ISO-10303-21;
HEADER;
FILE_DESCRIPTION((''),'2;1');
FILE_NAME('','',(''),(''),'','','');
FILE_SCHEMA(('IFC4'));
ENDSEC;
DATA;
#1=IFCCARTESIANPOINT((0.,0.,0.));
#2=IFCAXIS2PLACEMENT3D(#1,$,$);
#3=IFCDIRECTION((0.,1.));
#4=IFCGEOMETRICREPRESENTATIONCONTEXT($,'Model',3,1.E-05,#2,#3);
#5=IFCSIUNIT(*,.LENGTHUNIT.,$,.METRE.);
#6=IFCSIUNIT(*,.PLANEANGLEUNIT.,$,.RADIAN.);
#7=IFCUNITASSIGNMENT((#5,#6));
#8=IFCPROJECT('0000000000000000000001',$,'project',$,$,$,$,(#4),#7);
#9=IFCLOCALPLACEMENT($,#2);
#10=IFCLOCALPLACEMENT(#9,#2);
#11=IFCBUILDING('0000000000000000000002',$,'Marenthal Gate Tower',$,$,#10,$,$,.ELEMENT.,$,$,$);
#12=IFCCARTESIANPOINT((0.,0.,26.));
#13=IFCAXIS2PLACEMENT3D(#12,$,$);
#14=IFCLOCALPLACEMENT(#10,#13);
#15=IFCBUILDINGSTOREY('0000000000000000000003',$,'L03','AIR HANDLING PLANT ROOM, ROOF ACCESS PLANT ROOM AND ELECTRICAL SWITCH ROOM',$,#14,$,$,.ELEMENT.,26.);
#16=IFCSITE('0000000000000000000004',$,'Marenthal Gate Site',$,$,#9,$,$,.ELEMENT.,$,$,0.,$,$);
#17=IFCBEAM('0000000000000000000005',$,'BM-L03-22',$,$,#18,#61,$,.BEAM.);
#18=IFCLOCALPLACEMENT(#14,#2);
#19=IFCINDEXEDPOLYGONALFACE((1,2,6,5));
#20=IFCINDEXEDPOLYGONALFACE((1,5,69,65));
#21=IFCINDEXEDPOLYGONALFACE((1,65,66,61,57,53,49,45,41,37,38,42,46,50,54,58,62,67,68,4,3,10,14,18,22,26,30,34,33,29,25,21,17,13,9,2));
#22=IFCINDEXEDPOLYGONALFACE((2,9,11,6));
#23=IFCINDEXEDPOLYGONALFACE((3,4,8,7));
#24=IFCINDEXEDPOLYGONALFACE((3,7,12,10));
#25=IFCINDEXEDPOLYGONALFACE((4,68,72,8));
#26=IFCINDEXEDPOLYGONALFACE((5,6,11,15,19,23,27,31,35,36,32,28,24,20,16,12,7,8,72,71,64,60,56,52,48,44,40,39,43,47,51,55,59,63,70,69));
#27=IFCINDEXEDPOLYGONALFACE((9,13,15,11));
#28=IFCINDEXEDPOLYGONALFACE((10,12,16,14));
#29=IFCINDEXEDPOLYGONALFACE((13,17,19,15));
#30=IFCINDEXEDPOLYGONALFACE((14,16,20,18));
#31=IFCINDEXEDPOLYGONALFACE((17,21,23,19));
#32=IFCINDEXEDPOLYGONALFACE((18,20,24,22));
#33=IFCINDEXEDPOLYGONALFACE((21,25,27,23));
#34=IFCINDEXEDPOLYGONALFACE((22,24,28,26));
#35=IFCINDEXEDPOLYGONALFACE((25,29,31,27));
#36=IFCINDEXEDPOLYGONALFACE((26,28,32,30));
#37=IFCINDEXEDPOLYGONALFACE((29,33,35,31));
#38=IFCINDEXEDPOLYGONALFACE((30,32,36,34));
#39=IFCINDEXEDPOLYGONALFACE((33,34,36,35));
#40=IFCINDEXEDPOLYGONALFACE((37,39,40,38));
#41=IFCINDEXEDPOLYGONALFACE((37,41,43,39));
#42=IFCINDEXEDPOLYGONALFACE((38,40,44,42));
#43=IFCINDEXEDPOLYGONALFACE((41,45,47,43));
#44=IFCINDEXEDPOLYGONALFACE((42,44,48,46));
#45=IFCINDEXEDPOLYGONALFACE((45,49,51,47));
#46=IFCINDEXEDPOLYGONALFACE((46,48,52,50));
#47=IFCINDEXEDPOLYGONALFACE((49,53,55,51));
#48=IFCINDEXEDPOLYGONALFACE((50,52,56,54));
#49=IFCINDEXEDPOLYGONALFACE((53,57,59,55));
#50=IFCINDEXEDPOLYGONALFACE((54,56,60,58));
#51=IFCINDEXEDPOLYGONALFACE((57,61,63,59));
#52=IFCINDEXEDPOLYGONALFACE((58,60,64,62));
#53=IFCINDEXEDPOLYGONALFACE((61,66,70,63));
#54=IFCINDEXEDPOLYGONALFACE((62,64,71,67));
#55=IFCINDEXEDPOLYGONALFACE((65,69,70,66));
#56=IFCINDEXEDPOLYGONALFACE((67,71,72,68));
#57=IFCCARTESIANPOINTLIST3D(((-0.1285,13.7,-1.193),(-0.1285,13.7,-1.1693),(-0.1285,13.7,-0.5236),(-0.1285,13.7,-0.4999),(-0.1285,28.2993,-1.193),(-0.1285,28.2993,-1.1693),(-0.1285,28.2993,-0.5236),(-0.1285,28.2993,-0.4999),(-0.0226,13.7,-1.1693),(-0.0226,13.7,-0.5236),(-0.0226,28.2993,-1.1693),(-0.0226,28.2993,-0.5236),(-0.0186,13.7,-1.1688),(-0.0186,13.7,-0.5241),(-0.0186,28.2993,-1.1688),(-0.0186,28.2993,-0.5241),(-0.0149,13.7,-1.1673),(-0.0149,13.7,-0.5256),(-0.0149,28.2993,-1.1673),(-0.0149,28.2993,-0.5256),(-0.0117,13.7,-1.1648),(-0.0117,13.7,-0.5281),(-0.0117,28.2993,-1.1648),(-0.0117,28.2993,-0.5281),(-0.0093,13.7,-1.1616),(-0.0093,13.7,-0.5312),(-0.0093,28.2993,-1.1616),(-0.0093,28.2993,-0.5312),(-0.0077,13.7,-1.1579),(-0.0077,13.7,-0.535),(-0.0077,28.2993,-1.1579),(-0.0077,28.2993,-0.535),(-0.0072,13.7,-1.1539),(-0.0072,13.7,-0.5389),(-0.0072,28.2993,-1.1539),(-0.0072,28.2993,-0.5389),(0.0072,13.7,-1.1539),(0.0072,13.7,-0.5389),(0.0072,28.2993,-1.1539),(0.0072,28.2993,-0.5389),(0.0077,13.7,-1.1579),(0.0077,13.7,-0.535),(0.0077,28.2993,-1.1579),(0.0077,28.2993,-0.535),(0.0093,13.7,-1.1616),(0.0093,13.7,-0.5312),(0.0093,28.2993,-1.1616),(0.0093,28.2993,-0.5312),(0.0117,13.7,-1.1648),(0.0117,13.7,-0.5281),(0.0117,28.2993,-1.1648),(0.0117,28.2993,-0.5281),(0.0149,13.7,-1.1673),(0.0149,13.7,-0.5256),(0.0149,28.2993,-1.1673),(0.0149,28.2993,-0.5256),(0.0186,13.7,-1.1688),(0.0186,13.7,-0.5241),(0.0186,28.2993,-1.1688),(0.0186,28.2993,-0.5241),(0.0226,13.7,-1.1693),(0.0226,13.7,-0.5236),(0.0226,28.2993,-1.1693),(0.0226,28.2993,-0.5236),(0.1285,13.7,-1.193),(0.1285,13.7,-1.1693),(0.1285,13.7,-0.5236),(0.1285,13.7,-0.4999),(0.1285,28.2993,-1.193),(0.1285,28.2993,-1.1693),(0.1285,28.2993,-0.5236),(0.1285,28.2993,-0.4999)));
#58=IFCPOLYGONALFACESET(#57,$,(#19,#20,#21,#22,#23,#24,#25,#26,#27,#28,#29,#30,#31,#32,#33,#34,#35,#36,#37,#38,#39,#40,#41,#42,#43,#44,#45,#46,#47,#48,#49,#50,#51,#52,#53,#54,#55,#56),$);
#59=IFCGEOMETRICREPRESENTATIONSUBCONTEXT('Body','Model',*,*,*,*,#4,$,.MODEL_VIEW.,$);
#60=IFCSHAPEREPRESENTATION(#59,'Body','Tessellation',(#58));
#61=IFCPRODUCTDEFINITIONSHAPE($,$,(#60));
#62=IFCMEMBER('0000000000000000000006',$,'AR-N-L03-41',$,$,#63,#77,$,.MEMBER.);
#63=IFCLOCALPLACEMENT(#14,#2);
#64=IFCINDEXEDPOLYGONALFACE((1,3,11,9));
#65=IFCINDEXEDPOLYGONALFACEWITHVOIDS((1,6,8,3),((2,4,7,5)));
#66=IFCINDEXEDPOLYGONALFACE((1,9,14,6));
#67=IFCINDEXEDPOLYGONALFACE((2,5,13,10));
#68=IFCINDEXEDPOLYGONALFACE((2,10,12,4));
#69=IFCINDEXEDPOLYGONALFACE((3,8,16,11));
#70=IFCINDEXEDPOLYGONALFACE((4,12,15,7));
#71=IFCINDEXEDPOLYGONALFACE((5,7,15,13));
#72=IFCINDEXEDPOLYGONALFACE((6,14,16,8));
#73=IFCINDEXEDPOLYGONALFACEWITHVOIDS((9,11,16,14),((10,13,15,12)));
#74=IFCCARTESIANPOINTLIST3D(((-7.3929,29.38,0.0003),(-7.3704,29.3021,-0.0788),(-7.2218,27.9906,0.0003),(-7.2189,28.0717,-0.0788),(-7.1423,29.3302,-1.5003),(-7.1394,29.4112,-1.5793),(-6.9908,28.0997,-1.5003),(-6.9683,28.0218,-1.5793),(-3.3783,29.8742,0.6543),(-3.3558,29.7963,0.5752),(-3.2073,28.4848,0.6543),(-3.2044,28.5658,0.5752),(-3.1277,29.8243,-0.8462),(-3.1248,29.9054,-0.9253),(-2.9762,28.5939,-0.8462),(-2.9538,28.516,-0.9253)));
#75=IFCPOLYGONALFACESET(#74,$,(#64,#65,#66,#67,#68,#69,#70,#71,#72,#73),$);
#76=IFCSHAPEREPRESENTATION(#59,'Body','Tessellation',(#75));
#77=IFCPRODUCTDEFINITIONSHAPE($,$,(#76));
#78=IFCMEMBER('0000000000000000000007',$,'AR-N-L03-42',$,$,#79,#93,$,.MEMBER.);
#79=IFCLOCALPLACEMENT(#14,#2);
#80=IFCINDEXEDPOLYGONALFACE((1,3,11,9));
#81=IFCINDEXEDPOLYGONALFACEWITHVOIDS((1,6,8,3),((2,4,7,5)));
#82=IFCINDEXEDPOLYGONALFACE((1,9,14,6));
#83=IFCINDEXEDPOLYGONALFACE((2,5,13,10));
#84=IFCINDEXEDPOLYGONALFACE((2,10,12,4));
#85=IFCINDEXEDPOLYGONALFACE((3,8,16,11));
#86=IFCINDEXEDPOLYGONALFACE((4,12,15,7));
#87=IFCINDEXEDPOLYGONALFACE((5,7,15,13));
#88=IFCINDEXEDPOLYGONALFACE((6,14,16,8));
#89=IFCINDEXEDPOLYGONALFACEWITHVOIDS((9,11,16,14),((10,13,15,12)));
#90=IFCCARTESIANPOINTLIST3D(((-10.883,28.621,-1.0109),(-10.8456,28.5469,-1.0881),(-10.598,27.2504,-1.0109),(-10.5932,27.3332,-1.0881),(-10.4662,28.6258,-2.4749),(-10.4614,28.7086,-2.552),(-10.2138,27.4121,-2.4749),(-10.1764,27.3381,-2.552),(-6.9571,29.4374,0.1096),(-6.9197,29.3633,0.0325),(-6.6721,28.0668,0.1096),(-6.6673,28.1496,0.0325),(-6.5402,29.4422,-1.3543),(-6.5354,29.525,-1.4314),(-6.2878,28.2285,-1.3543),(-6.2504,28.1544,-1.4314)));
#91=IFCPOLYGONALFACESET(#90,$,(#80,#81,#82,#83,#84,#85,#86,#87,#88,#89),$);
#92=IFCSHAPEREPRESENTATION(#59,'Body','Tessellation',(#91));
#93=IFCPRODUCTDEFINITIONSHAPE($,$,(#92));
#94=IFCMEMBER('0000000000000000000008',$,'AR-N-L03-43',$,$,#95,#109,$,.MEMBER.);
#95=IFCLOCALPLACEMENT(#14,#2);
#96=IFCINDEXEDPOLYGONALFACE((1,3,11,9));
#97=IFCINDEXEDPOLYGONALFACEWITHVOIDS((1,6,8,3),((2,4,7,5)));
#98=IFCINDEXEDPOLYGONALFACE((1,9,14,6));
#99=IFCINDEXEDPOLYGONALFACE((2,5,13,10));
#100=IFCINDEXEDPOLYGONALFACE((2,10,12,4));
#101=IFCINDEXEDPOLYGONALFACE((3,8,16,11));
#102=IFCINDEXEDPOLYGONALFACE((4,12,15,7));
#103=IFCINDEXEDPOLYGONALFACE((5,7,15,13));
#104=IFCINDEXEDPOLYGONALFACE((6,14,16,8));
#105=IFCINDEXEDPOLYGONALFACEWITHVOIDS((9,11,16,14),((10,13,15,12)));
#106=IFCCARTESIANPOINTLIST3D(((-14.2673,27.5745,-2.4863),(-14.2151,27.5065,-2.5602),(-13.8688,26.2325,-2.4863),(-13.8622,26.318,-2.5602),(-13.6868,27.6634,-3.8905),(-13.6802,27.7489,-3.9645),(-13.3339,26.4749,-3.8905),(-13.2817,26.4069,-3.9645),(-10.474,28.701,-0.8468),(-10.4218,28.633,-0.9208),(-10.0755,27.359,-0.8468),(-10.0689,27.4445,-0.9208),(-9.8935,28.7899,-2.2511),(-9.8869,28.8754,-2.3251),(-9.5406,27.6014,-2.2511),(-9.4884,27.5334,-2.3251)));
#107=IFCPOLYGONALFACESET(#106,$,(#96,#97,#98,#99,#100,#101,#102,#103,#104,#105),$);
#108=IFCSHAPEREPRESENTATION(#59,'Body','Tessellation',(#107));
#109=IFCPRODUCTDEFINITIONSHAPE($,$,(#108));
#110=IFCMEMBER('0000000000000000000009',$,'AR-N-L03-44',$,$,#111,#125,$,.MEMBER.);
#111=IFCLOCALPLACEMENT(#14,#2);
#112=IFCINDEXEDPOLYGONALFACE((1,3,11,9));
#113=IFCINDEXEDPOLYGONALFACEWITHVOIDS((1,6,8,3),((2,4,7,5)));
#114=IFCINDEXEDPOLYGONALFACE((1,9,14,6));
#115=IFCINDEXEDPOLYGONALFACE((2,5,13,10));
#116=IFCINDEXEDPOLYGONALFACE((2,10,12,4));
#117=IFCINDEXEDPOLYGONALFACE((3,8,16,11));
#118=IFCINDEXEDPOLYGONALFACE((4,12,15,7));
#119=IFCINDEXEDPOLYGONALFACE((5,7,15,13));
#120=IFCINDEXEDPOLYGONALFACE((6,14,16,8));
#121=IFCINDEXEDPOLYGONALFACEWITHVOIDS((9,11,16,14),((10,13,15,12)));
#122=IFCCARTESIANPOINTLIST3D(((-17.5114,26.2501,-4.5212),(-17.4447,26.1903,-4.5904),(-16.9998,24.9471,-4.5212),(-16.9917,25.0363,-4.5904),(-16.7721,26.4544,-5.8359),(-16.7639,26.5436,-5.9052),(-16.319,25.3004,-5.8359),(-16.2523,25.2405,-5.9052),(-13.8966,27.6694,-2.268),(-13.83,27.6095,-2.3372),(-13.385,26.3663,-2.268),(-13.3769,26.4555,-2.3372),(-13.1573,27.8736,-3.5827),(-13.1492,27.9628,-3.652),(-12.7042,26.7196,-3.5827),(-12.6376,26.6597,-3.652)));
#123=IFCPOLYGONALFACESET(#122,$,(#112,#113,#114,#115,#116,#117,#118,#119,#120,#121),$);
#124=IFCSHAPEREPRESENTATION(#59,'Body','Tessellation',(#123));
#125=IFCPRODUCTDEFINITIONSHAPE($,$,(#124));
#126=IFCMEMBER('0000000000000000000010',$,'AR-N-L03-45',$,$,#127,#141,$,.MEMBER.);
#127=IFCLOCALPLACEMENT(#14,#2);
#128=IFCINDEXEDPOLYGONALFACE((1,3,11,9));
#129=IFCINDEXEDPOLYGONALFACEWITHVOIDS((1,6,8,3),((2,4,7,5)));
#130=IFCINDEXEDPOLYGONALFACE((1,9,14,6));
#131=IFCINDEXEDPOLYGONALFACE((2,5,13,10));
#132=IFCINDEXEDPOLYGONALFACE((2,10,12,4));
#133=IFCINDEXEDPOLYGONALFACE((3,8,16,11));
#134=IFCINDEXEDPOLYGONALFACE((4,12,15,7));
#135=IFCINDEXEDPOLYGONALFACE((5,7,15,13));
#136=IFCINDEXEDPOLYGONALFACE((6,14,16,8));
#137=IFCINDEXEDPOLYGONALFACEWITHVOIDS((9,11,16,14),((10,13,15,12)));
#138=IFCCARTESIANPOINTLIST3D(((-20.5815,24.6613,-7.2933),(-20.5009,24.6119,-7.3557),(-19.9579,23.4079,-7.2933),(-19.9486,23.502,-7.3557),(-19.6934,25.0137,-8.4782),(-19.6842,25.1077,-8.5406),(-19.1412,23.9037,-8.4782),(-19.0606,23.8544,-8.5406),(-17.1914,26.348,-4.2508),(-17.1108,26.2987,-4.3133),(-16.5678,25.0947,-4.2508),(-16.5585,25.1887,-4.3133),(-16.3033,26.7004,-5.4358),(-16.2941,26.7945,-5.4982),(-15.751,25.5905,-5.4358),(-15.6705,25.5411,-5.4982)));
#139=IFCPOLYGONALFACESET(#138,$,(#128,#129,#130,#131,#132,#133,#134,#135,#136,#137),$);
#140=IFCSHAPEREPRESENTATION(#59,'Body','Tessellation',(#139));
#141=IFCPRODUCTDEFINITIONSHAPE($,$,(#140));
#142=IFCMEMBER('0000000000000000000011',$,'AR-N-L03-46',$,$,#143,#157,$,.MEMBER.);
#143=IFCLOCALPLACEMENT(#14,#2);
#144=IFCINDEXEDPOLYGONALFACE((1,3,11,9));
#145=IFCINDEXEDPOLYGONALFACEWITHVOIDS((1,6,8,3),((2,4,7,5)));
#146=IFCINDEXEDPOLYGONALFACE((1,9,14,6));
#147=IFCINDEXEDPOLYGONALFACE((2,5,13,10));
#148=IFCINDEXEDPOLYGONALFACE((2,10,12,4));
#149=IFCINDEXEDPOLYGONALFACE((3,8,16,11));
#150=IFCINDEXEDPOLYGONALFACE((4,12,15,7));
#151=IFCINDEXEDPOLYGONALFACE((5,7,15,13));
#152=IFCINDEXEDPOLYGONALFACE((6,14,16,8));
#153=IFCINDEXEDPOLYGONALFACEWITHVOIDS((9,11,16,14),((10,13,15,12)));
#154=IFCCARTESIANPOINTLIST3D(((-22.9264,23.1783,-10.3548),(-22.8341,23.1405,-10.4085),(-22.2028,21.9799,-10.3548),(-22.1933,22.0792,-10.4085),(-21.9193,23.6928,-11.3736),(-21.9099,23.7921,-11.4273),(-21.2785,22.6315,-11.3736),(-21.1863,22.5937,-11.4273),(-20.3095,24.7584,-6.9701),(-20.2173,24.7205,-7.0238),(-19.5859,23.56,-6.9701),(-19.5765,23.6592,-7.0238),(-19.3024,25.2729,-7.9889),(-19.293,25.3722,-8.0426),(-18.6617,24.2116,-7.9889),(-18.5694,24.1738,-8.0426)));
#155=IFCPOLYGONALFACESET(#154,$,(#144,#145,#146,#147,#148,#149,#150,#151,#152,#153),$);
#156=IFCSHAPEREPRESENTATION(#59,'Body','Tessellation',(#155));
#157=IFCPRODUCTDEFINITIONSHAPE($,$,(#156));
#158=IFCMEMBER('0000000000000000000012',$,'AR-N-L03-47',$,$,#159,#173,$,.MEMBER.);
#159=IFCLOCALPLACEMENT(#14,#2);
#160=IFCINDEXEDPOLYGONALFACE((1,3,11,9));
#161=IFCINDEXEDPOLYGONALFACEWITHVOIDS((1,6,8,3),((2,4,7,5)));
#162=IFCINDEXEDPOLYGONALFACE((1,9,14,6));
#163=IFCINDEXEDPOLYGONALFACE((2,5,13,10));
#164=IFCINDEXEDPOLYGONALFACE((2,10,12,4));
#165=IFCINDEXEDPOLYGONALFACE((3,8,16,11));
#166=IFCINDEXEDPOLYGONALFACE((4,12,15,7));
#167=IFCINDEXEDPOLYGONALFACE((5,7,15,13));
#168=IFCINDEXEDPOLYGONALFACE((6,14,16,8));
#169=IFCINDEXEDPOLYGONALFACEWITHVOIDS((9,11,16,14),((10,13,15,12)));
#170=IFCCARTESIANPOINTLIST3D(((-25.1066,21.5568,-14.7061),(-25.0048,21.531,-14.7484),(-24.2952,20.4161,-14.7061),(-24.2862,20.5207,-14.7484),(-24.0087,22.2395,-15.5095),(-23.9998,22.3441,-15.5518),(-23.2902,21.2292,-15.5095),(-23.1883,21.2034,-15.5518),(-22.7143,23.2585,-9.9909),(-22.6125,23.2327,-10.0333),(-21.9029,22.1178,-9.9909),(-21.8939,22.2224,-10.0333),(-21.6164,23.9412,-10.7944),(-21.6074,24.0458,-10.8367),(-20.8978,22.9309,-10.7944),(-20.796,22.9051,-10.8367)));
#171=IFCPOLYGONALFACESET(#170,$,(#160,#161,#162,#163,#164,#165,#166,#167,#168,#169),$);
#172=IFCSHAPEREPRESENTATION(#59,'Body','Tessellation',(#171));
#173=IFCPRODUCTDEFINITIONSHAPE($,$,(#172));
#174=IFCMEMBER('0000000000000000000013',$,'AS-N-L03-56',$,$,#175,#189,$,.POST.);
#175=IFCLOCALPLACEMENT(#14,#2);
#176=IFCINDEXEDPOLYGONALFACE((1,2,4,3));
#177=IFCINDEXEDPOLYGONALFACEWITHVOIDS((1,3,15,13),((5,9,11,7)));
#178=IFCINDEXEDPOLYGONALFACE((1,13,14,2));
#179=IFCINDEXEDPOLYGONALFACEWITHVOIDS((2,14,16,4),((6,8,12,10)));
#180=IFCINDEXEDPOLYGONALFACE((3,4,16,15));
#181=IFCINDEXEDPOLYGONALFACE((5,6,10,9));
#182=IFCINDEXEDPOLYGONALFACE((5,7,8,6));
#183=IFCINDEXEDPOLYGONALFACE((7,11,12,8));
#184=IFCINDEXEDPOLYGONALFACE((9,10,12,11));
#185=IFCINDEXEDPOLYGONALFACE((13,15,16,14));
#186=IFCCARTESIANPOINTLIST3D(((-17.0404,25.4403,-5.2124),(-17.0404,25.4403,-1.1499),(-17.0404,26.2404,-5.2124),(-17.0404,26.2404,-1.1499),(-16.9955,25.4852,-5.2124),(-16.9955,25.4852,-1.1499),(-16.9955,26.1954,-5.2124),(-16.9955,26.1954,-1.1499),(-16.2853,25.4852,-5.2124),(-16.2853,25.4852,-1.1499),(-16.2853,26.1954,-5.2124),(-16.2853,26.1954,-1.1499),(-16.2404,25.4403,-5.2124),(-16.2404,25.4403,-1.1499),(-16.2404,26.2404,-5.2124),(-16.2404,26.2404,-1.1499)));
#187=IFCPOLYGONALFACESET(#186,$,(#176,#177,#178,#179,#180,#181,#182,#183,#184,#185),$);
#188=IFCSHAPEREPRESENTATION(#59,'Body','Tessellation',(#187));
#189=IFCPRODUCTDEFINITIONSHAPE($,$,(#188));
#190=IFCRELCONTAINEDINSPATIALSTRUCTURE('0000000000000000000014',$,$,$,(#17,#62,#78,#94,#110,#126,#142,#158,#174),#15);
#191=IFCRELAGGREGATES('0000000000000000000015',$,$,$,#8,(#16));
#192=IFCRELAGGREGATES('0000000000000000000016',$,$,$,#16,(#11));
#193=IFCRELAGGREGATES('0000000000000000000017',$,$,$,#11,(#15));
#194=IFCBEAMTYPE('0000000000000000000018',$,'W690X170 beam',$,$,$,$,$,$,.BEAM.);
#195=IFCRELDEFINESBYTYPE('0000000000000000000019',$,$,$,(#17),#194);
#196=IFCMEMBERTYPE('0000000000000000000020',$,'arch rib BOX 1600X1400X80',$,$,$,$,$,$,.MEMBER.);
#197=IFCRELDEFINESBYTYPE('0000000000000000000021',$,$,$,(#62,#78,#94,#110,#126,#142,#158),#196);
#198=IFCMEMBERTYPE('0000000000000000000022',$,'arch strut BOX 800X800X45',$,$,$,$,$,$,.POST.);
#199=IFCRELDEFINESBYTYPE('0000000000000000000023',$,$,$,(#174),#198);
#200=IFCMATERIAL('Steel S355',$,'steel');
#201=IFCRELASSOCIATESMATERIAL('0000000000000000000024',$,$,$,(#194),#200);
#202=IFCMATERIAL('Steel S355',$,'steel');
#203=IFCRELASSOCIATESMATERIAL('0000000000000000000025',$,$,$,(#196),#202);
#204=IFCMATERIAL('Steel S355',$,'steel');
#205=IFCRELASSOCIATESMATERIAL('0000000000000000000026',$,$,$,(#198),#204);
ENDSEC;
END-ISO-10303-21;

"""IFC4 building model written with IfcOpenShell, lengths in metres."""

from ifc_helpers import new_model, si_unit, direction, frame, origin, origin_2d, place, context, subcontext, project, spatial, hollow_rectangle, i_section, extrude, material, material_profile, profile_set, type_object, element, save


model = new_model("IFC4")

# Units and contexts
model_context = context("Model", 3, precision=1e-05, world=origin(), true_north=direction((0.0, 1.0)))
body_context = subcontext(model_context, "Body", "Model", "MODEL_VIEW")
ifc_project = project(units=[si_unit("LENGTHUNIT", "METRE"), si_unit("PLANEANGLEUNIT", "RADIAN")], contexts=[model_context])

# Site, building, storey
site_placement = place(None, origin())
site = spatial("IfcSite", under=ifc_project, at=site_placement, Name="Marenthal Gate Site", CompositionType="ELEMENT", RefElevation=0.0)
building_placement = place(site_placement, origin())
building = spatial("IfcBuilding", under=site, at=building_placement, Name="Marenthal Gate Tower", CompositionType="ELEMENT")
storey_placement = place(building_placement, frame((0.0, 0.0, 26.0)))
storey = spatial("IfcBuildingStorey", under=building, at=storey_placement, Name="L03", Description="AIR HANDLING PLANT ROOM, ROOF ACCESS PLANT ROOM AND ELECTRICAL SWITCH ROOM", CompositionType="ELEMENT", Elevation=26.0)

# Beam
ifc_material_1 = material(Name="Steel S355", Category="steel")
ifc_material_profile_1 = material_profile(ifc_material_1, i_section(OverallWidth=0.2571, OverallDepth=0.6931, WebThickness=0.0144, FlangeThickness=0.0237, FilletRadius=0.0154, at=origin_2d()), Name="W690X170")
ifc_profile_set_1 = profile_set([ifc_material_profile_1], Name="Steel S355")
beam_type_1 = type_object("IfcBeamType", Name="W690X170 beam", PredefinedType="BEAM", material=ifc_profile_set_1)
beam_1_placement = place(storey_placement, frame((0.0, 28.2993, -0.8464), z_axis=(0.0, -1.0, 0.0), x_axis=(1.0, 0.0, 0.0)))
element("IfcBeam", 1, at=beam_1_placement, inside=storey, type_object=beam_type_1, Name="BM-L03-22", PredefinedType="BEAM", context=body_context, shape_type="SweptSolid", body=[
    extrude(i_section(OverallWidth=0.2571, OverallDepth=0.6931, WebThickness=0.0144, FlangeThickness=0.0237, FilletRadius=0.0154, at=origin_2d()), origin(), (0.0, 0.0, 1.0), 14.5994),
])

# Members
ifc_material_2 = material(Name="Steel S355", Category="steel")
ifc_material_profile_2 = material_profile(ifc_material_2, hollow_rectangle(XDim=1.3999, YDim=1.6001, WallThickness=0.0801, at=origin_2d()), Name="BOX 1600X1400X80")
ifc_profile_set_2 = profile_set([ifc_material_profile_2], Name="Steel S355")
member_type_1 = type_object("IfcMemberType", Name="arch rib BOX 1600X1400X80", PredefinedType="MEMBER", material=ifc_profile_set_2)
member_1_placement = place(storey_placement, frame((-3.166, 29.1951, -0.1355), z_axis=(-0.979784, -0.120596, -0.159623), x_axis=(0.122163, -0.99251, 0.0)))
element("IfcMember", 2, at=member_1_placement, inside=storey, type_object=member_type_1, Name="AR-N-L03-41", PredefinedType="MEMBER", context=body_context, shape_type="SweptSolid", body=[
    extrude(hollow_rectangle(XDim=1.3999, YDim=1.6001, WallThickness=0.0801, at=origin_2d()), origin(), (0.0, 0.0, 1.0), 4.0974),
])
member_2_placement = place(storey_placement, frame((-6.6038, 28.7959, -0.6609), z_axis=(-0.94293, -0.19608, -0.26914), x_axis=(0.203592, -0.979056, 0.0)))
element("IfcMember", 3, at=member_2_placement, inside=storey, type_object=member_type_1, Name="AR-N-L03-42", PredefinedType="MEMBER", context=body_context, shape_type="SweptSolid", body=[
    extrude(hollow_rectangle(XDim=1.3999, YDim=1.6001, WallThickness=0.0801, at=origin_2d()), origin(), (0.0, 0.0, 1.0), 4.1636),
])
member_3_placement = place(storey_placement, frame((-9.9812, 28.1172, -1.5859), z_axis=(-0.885621, -0.263002, -0.38276), x_axis=(0.284681, -0.958622, 0.0)))
element("IfcMember", 4, at=member_3_placement, inside=storey, type_object=member_type_1, Name="AR-N-L03-43", PredefinedType="MEMBER", context=body_context, shape_type="SweptSolid", body=[
    extrude(hollow_rectangle(XDim=1.3999, YDim=1.6001, WallThickness=0.0801, at=origin_2d()), origin(), (0.0, 0.0, 1.0), 4.2832),
])
member_4_placement = place(storey_placement, frame((-13.2671, 27.1646, -2.96), z_axis=(-0.805122, -0.3161, -0.501856), x_axis=(0.365454, -0.930829, 0.0)))
element("IfcMember", 5, at=member_4_placement, inside=storey, type_object=member_type_1, Name="AR-N-L03-44", PredefinedType="MEMBER", context=body_context, shape_type="SweptSolid", body=[
    extrude(hollow_rectangle(XDim=1.3999, YDim=1.6001, WallThickness=0.0801, at=origin_2d()), origin(), (0.0, 0.0, 1.0), 4.4897),
])
member_5_placement = place(storey_placement, frame((-16.4309, 25.9446, -4.8745), z_axis=(-0.697924, -0.347253, -0.626352), x_axis=(0.445459, -0.895302, 0.0)))
element("IfcMember", 6, at=member_5_placement, inside=storey, type_object=member_type_1, Name="AR-N-L03-45", PredefinedType="MEMBER", context=body_context, shape_type="SweptSolid", body=[
    extrude(hollow_rectangle(XDim=1.3999, YDim=1.6001, WallThickness=0.0801, at=origin_2d()), origin(), (0.0, 0.0, 1.0), 4.8574),
])
member_6_placement = place(storey_placement, frame((-19.4395, 24.4661, -7.5063), z_axis=(-0.57378, -0.346441, -0.742129), x_axis=(0.516878, -0.856059, 0.0)))
element("IfcMember", 7, at=member_6_placement, inside=storey, type_object=member_type_1, Name="AR-N-L03-46", PredefinedType="MEMBER", context=body_context, shape_type="SweptSolid", body=[
    extrude(hollow_rectangle(XDim=1.3999, YDim=1.6001, WallThickness=0.0801, at=origin_2d()), origin(), (0.0, 0.0, 1.0), 4.5608),
])
member_7_placement = place(storey_placement, frame((-21.7551, 23.0818, -10.4138), z_axis=(-0.430712, -0.306365, -0.848898), x_axis=(0.579624, -0.814884, 0.0)))
element("IfcMember", 8, at=member_7_placement, inside=storey, type_object=member_type_1, Name="AR-N-L03-47", PredefinedType="MEMBER", context=body_context, shape_type="SweptSolid", body=[
    extrude(hollow_rectangle(XDim=1.3999, YDim=1.6001, WallThickness=0.0801, at=origin_2d()), origin(), (0.0, 0.0, 1.0), 5.5544),
])
ifc_material_3 = material(Name="Steel S355", Category="steel")
ifc_material_profile_3 = material_profile(ifc_material_3, hollow_rectangle(XDim=0.8, YDim=0.8, WallThickness=0.0449, at=origin_2d()), Name="BOX 800X800X45")
ifc_profile_set_3 = profile_set([ifc_material_profile_3], Name="Steel S355")
member_type_2 = type_object("IfcMemberType", Name="arch strut BOX 800X800X45", PredefinedType="POST", material=ifc_profile_set_3)
member_8_placement = place(storey_placement, frame((-16.6404, 25.8403, -5.2124), z_axis=(0.0, 0.0, 1.0), x_axis=(1.0, 0.0, 0.0)))
element("IfcMember", 9, at=member_8_placement, inside=storey, type_object=member_type_2, Name="AS-N-L03-56", PredefinedType="POST", context=body_context, shape_type="SweptSolid", body=[
    extrude(hollow_rectangle(XDim=0.8, YDim=0.8, WallThickness=0.0449, at=origin_2d()), origin(), (0.0, 0.0, 1.0), 4.0625),
])

save(model, "model.ifc")
